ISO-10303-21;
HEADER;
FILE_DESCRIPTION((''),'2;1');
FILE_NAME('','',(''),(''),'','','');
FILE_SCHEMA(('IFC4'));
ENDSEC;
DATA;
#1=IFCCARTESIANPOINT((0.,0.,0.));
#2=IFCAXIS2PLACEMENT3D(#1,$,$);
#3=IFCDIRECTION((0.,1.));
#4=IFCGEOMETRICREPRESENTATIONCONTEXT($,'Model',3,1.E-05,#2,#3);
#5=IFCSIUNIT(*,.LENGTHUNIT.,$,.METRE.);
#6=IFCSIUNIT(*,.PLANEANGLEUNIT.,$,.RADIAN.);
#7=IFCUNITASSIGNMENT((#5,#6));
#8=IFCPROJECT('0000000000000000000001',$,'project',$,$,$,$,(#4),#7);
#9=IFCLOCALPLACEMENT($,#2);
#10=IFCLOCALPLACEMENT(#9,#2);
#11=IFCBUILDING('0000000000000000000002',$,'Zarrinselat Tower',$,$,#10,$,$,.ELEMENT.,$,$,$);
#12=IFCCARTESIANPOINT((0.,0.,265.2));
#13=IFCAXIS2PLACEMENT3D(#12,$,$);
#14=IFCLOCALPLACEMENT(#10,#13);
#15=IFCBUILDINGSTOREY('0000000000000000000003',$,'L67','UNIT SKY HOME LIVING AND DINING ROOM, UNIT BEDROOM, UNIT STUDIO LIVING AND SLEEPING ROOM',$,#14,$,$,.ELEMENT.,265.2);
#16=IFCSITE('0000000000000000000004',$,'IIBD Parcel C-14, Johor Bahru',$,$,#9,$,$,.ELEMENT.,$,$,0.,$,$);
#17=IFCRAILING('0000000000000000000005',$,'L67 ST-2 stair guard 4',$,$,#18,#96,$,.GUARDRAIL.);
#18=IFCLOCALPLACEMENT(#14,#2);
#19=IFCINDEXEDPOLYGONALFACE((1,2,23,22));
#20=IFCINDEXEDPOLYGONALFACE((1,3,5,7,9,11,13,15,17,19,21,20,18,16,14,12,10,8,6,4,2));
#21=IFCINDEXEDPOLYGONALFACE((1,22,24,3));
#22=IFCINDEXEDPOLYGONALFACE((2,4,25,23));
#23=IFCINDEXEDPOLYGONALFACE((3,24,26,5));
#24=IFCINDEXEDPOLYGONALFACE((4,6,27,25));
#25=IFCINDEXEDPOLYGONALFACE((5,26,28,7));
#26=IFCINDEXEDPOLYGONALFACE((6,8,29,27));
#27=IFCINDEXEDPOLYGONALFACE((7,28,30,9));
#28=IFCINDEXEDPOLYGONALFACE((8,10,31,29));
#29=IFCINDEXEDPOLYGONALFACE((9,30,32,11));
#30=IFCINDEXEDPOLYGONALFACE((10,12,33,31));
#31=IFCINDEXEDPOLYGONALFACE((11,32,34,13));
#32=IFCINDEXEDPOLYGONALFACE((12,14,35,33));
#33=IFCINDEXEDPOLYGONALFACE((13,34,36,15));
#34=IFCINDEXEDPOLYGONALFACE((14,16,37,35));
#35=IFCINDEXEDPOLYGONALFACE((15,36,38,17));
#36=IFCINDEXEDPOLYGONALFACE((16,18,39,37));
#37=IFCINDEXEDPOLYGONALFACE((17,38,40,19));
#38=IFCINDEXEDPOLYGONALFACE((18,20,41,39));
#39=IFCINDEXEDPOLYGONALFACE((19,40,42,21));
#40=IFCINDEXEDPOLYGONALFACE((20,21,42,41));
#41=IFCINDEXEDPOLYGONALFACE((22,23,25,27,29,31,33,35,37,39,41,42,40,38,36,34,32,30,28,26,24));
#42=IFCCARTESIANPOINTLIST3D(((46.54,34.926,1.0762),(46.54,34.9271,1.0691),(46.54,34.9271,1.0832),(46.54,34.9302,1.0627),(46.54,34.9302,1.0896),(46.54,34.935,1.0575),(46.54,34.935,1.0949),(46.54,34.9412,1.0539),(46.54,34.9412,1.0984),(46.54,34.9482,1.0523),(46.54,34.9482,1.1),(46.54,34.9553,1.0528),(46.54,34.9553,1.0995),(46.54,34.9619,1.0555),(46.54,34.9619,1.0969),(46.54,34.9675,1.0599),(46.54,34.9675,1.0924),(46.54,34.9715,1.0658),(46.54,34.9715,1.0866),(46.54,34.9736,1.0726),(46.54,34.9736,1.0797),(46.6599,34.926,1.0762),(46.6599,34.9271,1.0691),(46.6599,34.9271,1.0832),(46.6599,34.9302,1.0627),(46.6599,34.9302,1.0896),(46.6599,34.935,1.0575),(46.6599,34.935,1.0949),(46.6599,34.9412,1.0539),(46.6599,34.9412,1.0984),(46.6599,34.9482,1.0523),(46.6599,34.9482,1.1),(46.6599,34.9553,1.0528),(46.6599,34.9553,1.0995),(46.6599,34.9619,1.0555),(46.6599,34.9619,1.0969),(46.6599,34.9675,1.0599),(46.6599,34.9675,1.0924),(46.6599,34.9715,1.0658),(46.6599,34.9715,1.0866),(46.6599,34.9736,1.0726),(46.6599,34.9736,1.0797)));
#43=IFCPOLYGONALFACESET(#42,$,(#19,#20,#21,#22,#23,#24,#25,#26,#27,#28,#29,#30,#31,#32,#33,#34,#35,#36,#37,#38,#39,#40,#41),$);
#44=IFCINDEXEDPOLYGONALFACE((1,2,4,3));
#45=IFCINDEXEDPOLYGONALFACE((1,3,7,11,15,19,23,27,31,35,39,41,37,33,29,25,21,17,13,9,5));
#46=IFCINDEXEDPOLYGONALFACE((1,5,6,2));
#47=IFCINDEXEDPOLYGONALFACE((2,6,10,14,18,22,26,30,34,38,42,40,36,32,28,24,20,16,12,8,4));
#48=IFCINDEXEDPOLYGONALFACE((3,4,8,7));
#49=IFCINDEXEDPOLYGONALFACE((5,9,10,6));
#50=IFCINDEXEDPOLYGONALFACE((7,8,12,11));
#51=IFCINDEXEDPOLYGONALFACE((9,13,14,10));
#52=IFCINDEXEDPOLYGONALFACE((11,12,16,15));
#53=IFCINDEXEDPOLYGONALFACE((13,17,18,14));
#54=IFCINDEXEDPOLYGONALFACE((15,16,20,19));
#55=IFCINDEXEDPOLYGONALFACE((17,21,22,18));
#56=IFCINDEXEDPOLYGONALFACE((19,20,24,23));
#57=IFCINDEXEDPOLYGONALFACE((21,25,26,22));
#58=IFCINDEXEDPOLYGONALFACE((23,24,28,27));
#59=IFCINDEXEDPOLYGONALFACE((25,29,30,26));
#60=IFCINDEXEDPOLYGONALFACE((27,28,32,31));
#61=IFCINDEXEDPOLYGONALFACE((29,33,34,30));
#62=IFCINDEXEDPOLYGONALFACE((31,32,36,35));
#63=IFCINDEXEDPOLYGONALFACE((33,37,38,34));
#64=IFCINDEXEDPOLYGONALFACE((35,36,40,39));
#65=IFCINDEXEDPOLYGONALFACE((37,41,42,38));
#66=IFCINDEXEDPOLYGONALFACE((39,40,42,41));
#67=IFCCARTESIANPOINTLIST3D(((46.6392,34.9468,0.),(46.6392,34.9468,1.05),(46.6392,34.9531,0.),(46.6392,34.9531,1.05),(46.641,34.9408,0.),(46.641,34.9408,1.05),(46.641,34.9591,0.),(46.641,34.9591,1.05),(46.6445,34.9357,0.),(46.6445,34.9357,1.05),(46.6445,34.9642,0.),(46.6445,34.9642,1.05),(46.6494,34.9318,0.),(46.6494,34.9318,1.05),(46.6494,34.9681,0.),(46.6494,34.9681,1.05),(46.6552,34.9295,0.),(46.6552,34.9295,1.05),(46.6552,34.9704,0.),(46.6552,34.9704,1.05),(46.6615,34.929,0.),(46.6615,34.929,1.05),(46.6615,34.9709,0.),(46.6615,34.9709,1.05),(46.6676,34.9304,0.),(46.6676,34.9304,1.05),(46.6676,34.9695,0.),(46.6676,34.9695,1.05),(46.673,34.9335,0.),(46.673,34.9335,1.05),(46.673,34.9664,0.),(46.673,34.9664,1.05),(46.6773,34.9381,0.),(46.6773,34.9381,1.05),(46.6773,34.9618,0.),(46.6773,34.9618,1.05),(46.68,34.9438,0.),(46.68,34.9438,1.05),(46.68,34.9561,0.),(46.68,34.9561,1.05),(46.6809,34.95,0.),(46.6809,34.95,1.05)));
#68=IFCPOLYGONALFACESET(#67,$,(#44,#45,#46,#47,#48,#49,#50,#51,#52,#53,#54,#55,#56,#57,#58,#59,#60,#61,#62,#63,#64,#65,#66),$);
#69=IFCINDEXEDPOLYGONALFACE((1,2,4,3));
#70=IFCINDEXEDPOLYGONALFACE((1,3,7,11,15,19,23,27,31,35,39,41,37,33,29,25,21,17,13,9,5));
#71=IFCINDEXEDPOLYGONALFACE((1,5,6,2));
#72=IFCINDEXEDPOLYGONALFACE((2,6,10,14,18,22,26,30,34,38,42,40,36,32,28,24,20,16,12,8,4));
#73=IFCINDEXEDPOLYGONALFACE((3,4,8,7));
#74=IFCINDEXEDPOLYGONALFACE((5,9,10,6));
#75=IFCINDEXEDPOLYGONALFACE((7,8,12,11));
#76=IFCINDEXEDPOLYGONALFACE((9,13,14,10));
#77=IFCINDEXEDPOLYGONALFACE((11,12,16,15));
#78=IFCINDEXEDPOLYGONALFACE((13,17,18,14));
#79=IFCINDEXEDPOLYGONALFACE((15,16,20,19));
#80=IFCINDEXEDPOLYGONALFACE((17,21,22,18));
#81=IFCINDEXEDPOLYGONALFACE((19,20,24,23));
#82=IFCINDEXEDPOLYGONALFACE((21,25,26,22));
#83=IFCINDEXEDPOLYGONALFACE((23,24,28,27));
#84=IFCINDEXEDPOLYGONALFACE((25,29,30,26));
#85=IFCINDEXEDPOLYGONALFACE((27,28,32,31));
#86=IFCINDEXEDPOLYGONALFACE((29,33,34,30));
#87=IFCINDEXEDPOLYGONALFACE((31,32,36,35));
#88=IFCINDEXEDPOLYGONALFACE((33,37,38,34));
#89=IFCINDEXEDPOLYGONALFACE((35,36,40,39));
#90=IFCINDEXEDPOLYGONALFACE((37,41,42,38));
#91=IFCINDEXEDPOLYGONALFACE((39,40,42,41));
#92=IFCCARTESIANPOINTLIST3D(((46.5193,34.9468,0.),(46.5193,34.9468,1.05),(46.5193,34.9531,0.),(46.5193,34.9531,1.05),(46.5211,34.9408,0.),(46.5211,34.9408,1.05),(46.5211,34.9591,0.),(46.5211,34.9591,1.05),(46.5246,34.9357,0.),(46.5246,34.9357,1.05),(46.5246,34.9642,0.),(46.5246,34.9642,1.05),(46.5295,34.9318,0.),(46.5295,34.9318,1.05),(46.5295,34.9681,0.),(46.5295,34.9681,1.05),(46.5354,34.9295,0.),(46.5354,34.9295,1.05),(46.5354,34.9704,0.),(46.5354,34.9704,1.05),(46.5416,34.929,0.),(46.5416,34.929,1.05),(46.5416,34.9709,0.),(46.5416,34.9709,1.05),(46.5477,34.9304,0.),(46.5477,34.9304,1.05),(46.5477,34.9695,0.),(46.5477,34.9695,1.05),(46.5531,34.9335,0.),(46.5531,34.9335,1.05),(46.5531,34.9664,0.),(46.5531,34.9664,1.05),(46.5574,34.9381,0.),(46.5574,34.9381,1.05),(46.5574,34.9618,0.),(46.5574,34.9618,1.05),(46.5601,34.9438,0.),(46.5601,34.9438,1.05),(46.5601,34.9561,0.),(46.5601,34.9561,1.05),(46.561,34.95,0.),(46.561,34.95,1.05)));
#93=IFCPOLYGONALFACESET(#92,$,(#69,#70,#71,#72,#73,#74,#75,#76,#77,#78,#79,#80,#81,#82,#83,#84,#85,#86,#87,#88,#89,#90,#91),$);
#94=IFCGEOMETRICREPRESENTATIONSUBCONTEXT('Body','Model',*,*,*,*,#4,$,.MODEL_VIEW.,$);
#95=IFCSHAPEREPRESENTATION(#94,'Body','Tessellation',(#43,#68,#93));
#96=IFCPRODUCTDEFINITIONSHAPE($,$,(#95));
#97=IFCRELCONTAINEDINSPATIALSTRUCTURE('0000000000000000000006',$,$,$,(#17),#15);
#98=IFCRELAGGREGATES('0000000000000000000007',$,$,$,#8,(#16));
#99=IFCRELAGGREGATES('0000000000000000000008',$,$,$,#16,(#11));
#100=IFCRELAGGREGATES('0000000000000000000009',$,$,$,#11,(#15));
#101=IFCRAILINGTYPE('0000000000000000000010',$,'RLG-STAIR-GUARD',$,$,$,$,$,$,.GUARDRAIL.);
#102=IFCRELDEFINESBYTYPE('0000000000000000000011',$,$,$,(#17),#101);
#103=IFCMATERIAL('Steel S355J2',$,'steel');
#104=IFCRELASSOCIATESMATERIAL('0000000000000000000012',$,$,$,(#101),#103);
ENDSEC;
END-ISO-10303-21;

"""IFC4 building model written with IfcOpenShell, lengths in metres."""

from ifc_helpers import new_model, si_unit, direction, frame, origin, origin_2d, place, context, subcontext, project, spatial, circle, extrude, material, type_object, element, save


model = new_model("IFC4")

# Units and contexts
model_context = context("Model", 3, precision=1e-05, world=origin(), true_north=direction((0.0, 1.0)))
body_context = subcontext(model_context, "Body", "Model", "MODEL_VIEW")
ifc_project = project(units=[si_unit("LENGTHUNIT", "METRE"), si_unit("PLANEANGLEUNIT", "RADIAN")], contexts=[model_context])

# Site, building, storey
site_placement = place(None, origin())
site = spatial("IfcSite", under=ifc_project, at=site_placement, Name="IIBD Parcel C-14, Johor Bahru", CompositionType="ELEMENT", RefElevation=0.0)
building_placement = place(site_placement, origin())
building = spatial("IfcBuilding", under=site, at=building_placement, Name="Zarrinselat Tower", CompositionType="ELEMENT")
storey_placement = place(building_placement, frame((0.0, 0.0, 265.2)))
storey = spatial("IfcBuildingStorey", under=building, at=storey_placement, Name="L67", Description="UNIT SKY HOME LIVING AND DINING ROOM, UNIT BEDROOM, UNIT STUDIO LIVING AND SLEEPING ROOM", CompositionType="ELEMENT", Elevation=265.2)

# Railing
ifc_material_1 = material(Name="Steel S355J2", Category="steel")
railing_type_1 = type_object("IfcRailingType", Name="RLG-STAIR-GUARD", PredefinedType="GUARDRAIL", material=ifc_material_1)
railing_1_placement = place(storey_placement, frame((46.6599, 34.95, 0.0)))
element("IfcRailing", 1, at=railing_1_placement, inside=storey, type_object=railing_type_1, Name="L67 ST-2 stair guard 4", PredefinedType="GUARDRAIL", context=body_context, shape_type="SweptSolid", body=[
    extrude(circle(Radius=0.0239, at=origin_2d()), frame((0.0, 0.0, 1.0762), z_axis=(-1.0, 0.0, 0.0), x_axis=(0.0, -1.0, 0.0)), (0.0, 0.0, 1.0), 0.1199),
    extrude(circle(Radius=0.021, at=origin_2d()), origin(), (0.0, 0.0, 1.0), 1.05),
    extrude(circle(Radius=0.021, at=origin_2d()), frame((-0.1199, 0.0, 0.0)), (0.0, 0.0, 1.0), 1.05),
])

save(model, "model.ifc")
